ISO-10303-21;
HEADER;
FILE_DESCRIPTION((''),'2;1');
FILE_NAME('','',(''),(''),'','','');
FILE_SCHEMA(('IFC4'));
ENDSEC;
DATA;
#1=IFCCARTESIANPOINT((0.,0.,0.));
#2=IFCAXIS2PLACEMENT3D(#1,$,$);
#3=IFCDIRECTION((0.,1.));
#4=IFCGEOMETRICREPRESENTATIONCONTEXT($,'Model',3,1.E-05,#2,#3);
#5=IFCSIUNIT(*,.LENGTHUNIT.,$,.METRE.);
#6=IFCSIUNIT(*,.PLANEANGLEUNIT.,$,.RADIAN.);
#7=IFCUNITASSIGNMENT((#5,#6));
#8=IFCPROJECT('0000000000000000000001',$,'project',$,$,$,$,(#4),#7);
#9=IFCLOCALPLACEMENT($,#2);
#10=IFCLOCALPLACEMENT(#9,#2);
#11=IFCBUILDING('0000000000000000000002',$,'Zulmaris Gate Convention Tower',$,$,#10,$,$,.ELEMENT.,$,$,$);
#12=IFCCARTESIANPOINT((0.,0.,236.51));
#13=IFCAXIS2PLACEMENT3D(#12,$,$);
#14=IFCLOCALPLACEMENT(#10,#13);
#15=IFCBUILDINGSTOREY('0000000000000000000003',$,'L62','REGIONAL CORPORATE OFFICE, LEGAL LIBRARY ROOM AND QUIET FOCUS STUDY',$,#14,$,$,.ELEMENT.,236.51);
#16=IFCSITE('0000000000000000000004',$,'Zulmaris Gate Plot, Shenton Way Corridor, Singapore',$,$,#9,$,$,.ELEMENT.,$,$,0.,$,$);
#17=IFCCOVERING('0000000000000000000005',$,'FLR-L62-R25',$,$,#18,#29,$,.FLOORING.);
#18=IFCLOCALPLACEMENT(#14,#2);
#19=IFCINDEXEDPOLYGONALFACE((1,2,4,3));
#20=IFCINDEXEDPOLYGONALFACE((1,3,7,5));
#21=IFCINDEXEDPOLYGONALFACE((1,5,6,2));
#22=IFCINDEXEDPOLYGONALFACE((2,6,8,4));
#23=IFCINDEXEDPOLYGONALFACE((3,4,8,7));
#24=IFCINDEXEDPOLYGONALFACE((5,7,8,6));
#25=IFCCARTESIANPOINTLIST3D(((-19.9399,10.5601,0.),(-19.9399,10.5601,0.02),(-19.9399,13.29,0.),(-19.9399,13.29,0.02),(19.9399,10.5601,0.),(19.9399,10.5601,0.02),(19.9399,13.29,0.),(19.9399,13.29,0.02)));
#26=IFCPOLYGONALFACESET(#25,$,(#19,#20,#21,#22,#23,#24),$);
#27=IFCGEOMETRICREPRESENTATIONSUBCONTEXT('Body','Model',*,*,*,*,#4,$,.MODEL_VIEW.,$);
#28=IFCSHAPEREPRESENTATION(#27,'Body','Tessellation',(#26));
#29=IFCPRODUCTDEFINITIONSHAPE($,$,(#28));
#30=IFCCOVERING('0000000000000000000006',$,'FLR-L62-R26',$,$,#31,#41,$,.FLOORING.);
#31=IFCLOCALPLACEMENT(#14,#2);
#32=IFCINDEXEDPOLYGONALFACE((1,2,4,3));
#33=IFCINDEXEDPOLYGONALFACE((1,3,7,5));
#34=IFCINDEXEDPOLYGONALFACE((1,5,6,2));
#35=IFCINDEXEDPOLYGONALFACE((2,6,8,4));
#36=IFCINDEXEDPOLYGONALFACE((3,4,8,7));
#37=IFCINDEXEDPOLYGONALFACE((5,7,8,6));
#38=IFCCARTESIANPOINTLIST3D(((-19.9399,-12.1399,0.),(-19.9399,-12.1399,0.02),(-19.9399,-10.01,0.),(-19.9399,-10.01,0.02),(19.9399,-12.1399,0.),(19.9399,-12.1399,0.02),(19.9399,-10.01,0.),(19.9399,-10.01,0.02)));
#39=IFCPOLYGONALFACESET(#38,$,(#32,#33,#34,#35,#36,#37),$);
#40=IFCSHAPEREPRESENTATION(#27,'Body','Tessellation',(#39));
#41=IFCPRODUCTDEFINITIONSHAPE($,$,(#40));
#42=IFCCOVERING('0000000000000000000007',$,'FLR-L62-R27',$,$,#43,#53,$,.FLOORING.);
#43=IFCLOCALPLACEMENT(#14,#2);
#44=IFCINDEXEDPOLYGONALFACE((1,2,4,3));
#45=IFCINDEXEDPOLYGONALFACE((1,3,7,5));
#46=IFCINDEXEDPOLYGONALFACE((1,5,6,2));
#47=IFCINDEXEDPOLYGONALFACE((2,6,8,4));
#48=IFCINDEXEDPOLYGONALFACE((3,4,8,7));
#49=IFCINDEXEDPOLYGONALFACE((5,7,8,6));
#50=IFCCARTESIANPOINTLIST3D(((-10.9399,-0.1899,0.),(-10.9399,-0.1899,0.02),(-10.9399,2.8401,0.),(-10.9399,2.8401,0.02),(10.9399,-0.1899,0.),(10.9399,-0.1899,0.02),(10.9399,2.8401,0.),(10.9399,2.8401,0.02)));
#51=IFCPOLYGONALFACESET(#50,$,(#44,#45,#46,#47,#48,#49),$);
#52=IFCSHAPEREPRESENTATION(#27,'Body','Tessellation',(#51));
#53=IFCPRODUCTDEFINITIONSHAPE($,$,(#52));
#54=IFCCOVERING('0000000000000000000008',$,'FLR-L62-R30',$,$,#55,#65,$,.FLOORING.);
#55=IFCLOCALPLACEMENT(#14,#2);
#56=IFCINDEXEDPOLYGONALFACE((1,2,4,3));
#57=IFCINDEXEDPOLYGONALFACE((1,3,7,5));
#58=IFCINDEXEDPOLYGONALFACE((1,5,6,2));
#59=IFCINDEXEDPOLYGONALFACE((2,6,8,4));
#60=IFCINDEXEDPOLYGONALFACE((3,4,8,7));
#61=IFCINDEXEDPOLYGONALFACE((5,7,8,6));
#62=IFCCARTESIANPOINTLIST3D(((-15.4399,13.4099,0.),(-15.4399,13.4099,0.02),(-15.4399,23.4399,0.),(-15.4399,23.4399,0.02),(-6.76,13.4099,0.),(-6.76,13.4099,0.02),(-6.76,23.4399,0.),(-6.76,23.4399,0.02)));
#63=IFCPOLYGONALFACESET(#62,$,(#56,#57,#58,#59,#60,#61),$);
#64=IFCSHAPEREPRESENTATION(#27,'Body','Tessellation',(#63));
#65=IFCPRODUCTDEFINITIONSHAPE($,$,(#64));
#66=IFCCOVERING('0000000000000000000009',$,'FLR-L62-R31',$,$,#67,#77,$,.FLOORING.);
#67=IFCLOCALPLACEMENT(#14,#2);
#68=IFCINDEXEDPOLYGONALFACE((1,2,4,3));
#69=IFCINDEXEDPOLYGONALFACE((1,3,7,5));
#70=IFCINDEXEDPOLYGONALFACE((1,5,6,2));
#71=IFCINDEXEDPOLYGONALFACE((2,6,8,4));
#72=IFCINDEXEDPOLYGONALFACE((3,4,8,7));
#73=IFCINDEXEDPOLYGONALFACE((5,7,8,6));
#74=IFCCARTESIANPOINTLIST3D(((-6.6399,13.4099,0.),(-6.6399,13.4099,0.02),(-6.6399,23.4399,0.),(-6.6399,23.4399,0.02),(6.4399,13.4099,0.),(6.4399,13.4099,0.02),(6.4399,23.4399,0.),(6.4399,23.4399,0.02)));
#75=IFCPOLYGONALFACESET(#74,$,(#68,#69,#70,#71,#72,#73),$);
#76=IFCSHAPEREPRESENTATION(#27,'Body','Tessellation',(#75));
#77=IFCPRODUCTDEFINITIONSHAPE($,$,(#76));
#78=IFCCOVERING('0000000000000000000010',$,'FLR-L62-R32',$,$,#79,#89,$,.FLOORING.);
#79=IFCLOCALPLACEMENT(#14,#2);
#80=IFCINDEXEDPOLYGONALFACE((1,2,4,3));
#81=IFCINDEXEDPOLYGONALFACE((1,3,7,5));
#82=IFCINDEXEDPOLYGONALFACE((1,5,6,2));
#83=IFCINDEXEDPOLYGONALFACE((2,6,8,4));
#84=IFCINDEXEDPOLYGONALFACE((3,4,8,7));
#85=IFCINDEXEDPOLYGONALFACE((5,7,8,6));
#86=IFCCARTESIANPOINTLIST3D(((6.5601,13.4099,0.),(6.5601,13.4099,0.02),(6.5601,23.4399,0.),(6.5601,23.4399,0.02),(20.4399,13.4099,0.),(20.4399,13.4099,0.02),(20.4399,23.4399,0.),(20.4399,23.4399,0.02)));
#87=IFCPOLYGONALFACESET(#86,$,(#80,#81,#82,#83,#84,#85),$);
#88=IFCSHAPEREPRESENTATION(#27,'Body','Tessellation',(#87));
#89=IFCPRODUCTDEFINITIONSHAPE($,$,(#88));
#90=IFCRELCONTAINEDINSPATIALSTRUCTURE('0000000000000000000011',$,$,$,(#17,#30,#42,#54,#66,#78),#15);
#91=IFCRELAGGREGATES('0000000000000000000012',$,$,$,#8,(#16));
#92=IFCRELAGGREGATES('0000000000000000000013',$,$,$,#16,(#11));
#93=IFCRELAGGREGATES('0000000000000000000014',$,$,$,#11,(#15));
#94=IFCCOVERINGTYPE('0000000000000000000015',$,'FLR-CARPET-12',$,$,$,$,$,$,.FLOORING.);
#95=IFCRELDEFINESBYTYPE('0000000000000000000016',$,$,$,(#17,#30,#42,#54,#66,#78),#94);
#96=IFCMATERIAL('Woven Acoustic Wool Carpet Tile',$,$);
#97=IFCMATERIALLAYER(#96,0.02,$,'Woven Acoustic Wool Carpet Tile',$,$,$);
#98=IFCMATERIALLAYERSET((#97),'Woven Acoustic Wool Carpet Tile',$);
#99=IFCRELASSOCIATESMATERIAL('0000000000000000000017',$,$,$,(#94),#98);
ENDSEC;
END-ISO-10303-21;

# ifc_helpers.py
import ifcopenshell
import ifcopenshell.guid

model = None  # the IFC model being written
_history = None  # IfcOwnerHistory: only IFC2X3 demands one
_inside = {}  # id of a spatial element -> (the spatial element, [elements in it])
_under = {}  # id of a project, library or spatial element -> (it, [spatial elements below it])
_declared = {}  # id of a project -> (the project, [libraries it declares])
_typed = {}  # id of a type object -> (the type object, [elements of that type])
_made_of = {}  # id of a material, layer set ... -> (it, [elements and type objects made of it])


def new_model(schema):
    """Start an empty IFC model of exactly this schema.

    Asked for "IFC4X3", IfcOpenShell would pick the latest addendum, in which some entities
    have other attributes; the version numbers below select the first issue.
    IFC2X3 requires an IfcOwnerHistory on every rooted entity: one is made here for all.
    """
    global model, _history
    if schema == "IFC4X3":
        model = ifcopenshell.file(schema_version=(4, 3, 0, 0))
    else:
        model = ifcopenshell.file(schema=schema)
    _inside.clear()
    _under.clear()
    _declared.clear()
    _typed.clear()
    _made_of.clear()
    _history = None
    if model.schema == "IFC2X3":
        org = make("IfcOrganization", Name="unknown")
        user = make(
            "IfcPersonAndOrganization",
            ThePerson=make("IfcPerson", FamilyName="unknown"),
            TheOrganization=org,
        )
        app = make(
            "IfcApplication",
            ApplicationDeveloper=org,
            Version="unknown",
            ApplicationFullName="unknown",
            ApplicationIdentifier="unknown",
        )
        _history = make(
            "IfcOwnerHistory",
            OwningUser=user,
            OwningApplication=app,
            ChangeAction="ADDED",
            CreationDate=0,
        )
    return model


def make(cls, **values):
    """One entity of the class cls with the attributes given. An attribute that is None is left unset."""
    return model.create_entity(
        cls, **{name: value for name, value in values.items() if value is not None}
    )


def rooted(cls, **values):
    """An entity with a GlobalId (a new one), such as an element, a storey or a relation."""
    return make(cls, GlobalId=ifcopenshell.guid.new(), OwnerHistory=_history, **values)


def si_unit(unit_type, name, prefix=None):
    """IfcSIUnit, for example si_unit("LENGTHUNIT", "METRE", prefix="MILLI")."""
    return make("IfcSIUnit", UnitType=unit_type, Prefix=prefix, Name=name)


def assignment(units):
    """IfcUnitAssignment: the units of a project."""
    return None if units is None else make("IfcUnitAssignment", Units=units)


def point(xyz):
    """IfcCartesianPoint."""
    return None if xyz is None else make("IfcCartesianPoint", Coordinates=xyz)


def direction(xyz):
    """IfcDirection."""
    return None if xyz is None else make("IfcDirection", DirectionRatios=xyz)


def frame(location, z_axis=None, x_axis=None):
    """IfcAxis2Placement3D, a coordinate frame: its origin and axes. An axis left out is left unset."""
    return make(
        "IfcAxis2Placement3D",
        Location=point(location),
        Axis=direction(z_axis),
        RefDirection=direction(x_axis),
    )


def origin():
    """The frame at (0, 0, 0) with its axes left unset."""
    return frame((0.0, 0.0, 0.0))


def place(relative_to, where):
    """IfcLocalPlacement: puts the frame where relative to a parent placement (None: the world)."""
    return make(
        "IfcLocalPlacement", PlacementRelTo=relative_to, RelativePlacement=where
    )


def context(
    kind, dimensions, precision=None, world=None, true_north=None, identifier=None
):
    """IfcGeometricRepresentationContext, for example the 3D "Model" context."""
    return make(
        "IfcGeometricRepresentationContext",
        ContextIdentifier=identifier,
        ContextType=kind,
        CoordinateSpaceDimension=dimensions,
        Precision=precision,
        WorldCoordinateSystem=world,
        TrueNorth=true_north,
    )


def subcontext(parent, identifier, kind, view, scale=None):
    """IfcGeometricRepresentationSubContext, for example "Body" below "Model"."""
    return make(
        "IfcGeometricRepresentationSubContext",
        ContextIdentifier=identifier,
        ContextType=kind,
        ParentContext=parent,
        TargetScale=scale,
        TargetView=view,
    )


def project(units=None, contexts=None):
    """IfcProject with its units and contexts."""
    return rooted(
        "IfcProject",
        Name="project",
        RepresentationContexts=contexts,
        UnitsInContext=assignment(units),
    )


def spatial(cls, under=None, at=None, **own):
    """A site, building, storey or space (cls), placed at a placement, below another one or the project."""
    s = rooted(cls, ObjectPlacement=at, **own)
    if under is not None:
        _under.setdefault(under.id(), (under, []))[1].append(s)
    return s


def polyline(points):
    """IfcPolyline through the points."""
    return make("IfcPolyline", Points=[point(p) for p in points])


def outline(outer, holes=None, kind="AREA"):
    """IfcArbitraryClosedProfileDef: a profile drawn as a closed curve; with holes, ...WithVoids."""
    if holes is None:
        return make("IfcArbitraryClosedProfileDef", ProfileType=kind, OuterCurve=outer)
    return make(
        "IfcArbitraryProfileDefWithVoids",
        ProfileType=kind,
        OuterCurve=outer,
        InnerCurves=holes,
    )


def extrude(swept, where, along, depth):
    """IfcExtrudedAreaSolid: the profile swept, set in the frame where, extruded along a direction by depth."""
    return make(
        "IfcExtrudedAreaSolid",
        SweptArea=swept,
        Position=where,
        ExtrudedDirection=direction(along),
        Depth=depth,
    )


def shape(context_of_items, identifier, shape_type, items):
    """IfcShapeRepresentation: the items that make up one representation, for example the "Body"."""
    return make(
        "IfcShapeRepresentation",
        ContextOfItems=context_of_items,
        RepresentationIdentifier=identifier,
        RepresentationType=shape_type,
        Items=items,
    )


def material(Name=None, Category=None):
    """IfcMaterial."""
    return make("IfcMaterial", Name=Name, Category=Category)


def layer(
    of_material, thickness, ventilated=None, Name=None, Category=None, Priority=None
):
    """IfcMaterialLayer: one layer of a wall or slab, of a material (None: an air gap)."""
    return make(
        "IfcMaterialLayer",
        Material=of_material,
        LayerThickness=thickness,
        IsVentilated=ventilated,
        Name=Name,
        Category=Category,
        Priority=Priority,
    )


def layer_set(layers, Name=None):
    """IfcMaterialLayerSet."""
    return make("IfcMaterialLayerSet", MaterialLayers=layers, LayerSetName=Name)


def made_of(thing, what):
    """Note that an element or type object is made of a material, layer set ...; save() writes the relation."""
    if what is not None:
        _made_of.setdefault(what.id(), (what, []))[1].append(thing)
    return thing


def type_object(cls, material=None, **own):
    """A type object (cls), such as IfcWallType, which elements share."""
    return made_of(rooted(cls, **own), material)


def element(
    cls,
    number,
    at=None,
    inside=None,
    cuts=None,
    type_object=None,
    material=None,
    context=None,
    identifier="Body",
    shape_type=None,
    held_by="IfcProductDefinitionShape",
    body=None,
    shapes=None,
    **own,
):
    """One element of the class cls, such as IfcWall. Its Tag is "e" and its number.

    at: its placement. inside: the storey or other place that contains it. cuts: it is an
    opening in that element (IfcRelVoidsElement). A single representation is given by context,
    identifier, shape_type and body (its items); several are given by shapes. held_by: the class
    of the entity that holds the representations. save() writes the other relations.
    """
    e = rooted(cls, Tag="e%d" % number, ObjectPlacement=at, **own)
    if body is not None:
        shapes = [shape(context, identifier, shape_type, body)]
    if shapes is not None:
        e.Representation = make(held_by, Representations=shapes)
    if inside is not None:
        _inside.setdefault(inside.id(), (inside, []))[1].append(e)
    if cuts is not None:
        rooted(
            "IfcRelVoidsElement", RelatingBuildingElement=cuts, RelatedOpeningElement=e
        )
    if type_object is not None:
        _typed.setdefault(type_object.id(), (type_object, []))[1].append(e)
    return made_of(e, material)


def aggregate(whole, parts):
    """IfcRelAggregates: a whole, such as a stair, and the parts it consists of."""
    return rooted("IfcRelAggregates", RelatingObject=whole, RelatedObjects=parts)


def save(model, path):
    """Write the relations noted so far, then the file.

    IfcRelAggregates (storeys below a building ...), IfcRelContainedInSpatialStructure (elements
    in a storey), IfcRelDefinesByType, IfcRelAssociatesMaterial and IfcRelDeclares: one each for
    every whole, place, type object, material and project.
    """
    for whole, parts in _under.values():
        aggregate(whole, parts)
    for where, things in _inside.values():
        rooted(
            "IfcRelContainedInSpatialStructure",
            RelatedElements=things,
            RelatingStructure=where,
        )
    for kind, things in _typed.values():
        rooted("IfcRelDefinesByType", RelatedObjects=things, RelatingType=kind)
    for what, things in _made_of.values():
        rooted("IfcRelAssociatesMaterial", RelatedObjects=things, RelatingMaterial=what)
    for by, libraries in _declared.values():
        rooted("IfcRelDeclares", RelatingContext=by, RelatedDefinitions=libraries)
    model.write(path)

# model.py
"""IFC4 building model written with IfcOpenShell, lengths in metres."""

from ifc_helpers import new_model, si_unit, direction, frame, origin, place, context, subcontext, project, spatial, polyline, outline, extrude, material, layer, layer_set, type_object, element, save


model = new_model("IFC4")

# Units and contexts
model_context = context("Model", 3, precision=1e-05, world=origin(), true_north=direction((0.0, 1.0)))
body_context = subcontext(model_context, "Body", "Model", "MODEL_VIEW")
ifc_project = project(units=[si_unit("LENGTHUNIT", "METRE"), si_unit("PLANEANGLEUNIT", "RADIAN")], contexts=[model_context])

# Site, building, storey
site_placement = place(None, origin())
site = spatial("IfcSite", under=ifc_project, at=site_placement, Name="Zulmaris Gate Plot, Shenton Way Corridor, Singapore", CompositionType="ELEMENT", RefElevation=0.0)
building_placement = place(site_placement, origin())
building = spatial("IfcBuilding", under=site, at=building_placement, Name="Zulmaris Gate Convention Tower", CompositionType="ELEMENT")
storey_placement = place(building_placement, frame((0.0, 0.0, 236.51)))
storey = spatial("IfcBuildingStorey", under=building, at=storey_placement, Name="L62", Description="REGIONAL CORPORATE OFFICE, LEGAL LIBRARY ROOM AND QUIET FOCUS STUDY", CompositionType="ELEMENT", Elevation=236.51)

# Coverings
ifc_material_1 = material(Name="Woven Acoustic Wool Carpet Tile")
ifc_layer_1 = layer(ifc_material_1, 0.02, Name="Woven Acoustic Wool Carpet Tile")
ifc_layer_set_1 = layer_set([ifc_layer_1], Name="Woven Acoustic Wool Carpet Tile")
covering_type_1 = type_object("IfcCoveringType", Name="FLR-CARPET-12", PredefinedType="FLOORING", material=ifc_layer_set_1)
covering_1_placement = place(storey_placement, origin())
element("IfcCovering", 1, at=covering_1_placement, inside=storey, type_object=covering_type_1, Name="FLR-L62-R25", PredefinedType="FLOORING", context=body_context, shape_type="SweptSolid", body=[
    extrude(outline(polyline([(-19.9399, 10.5601), (19.9399, 10.5601), (19.9399, 13.29), (-19.9399, 13.29), (-19.9399, 10.5601)])), origin(), (0.0, 0.0, 1.0), 0.02),
])
covering_2_placement = place(storey_placement, origin())
element("IfcCovering", 2, at=covering_2_placement, inside=storey, type_object=covering_type_1, Name="FLR-L62-R26", PredefinedType="FLOORING", context=body_context, shape_type="SweptSolid", body=[
    extrude(outline(polyline([(-19.9399, -12.1399), (19.9399, -12.1399), (19.9399, -10.01), (-19.9399, -10.01), (-19.9399, -12.1399)])), origin(), (0.0, 0.0, 1.0), 0.02),
])
covering_3_placement = place(storey_placement, origin())
element("IfcCovering", 3, at=covering_3_placement, inside=storey, type_object=covering_type_1, Name="FLR-L62-R27", PredefinedType="FLOORING", context=body_context, shape_type="SweptSolid", body=[
    extrude(outline(polyline([(-10.9399, -0.1899), (10.9399, -0.1899), (10.9399, 2.8401), (-10.9399, 2.8401), (-10.9399, -0.1899)])), origin(), (0.0, 0.0, 1.0), 0.02),
])
covering_4_placement = place(storey_placement, origin())
element("IfcCovering", 4, at=covering_4_placement, inside=storey, type_object=covering_type_1, Name="FLR-L62-R30", PredefinedType="FLOORING", context=body_context, shape_type="SweptSolid", body=[
    extrude(outline(polyline([(-15.4399, 13.4099), (-6.76, 13.4099), (-6.76, 23.4399), (-15.4399, 23.4399), (-15.4399, 13.4099)])), origin(), (0.0, 0.0, 1.0), 0.02),
])
covering_5_placement = place(storey_placement, origin())
element("IfcCovering", 5, at=covering_5_placement, inside=storey, type_object=covering_type_1, Name="FLR-L62-R31", PredefinedType="FLOORING", context=body_context, shape_type="SweptSolid", body=[
    extrude(outline(polyline([(-6.6399, 13.4099), (6.4399, 13.4099), (6.4399, 23.4399), (-6.6399, 23.4399), (-6.6399, 13.4099)])), origin(), (0.0, 0.0, 1.0), 0.02),
])
covering_6_placement = place(storey_placement, origin())
element("IfcCovering", 6, at=covering_6_placement, inside=storey, type_object=covering_type_1, Name="FLR-L62-R32", PredefinedType="FLOORING", context=body_context, shape_type="SweptSolid", body=[
    extrude(outline(polyline([(6.5601, 13.4099), (20.4399, 13.4099), (20.4399, 23.4399), (6.5601, 23.4399), (6.5601, 13.4099)])), origin(), (0.0, 0.0, 1.0), 0.02),
])

save(model, "model.ifc")
